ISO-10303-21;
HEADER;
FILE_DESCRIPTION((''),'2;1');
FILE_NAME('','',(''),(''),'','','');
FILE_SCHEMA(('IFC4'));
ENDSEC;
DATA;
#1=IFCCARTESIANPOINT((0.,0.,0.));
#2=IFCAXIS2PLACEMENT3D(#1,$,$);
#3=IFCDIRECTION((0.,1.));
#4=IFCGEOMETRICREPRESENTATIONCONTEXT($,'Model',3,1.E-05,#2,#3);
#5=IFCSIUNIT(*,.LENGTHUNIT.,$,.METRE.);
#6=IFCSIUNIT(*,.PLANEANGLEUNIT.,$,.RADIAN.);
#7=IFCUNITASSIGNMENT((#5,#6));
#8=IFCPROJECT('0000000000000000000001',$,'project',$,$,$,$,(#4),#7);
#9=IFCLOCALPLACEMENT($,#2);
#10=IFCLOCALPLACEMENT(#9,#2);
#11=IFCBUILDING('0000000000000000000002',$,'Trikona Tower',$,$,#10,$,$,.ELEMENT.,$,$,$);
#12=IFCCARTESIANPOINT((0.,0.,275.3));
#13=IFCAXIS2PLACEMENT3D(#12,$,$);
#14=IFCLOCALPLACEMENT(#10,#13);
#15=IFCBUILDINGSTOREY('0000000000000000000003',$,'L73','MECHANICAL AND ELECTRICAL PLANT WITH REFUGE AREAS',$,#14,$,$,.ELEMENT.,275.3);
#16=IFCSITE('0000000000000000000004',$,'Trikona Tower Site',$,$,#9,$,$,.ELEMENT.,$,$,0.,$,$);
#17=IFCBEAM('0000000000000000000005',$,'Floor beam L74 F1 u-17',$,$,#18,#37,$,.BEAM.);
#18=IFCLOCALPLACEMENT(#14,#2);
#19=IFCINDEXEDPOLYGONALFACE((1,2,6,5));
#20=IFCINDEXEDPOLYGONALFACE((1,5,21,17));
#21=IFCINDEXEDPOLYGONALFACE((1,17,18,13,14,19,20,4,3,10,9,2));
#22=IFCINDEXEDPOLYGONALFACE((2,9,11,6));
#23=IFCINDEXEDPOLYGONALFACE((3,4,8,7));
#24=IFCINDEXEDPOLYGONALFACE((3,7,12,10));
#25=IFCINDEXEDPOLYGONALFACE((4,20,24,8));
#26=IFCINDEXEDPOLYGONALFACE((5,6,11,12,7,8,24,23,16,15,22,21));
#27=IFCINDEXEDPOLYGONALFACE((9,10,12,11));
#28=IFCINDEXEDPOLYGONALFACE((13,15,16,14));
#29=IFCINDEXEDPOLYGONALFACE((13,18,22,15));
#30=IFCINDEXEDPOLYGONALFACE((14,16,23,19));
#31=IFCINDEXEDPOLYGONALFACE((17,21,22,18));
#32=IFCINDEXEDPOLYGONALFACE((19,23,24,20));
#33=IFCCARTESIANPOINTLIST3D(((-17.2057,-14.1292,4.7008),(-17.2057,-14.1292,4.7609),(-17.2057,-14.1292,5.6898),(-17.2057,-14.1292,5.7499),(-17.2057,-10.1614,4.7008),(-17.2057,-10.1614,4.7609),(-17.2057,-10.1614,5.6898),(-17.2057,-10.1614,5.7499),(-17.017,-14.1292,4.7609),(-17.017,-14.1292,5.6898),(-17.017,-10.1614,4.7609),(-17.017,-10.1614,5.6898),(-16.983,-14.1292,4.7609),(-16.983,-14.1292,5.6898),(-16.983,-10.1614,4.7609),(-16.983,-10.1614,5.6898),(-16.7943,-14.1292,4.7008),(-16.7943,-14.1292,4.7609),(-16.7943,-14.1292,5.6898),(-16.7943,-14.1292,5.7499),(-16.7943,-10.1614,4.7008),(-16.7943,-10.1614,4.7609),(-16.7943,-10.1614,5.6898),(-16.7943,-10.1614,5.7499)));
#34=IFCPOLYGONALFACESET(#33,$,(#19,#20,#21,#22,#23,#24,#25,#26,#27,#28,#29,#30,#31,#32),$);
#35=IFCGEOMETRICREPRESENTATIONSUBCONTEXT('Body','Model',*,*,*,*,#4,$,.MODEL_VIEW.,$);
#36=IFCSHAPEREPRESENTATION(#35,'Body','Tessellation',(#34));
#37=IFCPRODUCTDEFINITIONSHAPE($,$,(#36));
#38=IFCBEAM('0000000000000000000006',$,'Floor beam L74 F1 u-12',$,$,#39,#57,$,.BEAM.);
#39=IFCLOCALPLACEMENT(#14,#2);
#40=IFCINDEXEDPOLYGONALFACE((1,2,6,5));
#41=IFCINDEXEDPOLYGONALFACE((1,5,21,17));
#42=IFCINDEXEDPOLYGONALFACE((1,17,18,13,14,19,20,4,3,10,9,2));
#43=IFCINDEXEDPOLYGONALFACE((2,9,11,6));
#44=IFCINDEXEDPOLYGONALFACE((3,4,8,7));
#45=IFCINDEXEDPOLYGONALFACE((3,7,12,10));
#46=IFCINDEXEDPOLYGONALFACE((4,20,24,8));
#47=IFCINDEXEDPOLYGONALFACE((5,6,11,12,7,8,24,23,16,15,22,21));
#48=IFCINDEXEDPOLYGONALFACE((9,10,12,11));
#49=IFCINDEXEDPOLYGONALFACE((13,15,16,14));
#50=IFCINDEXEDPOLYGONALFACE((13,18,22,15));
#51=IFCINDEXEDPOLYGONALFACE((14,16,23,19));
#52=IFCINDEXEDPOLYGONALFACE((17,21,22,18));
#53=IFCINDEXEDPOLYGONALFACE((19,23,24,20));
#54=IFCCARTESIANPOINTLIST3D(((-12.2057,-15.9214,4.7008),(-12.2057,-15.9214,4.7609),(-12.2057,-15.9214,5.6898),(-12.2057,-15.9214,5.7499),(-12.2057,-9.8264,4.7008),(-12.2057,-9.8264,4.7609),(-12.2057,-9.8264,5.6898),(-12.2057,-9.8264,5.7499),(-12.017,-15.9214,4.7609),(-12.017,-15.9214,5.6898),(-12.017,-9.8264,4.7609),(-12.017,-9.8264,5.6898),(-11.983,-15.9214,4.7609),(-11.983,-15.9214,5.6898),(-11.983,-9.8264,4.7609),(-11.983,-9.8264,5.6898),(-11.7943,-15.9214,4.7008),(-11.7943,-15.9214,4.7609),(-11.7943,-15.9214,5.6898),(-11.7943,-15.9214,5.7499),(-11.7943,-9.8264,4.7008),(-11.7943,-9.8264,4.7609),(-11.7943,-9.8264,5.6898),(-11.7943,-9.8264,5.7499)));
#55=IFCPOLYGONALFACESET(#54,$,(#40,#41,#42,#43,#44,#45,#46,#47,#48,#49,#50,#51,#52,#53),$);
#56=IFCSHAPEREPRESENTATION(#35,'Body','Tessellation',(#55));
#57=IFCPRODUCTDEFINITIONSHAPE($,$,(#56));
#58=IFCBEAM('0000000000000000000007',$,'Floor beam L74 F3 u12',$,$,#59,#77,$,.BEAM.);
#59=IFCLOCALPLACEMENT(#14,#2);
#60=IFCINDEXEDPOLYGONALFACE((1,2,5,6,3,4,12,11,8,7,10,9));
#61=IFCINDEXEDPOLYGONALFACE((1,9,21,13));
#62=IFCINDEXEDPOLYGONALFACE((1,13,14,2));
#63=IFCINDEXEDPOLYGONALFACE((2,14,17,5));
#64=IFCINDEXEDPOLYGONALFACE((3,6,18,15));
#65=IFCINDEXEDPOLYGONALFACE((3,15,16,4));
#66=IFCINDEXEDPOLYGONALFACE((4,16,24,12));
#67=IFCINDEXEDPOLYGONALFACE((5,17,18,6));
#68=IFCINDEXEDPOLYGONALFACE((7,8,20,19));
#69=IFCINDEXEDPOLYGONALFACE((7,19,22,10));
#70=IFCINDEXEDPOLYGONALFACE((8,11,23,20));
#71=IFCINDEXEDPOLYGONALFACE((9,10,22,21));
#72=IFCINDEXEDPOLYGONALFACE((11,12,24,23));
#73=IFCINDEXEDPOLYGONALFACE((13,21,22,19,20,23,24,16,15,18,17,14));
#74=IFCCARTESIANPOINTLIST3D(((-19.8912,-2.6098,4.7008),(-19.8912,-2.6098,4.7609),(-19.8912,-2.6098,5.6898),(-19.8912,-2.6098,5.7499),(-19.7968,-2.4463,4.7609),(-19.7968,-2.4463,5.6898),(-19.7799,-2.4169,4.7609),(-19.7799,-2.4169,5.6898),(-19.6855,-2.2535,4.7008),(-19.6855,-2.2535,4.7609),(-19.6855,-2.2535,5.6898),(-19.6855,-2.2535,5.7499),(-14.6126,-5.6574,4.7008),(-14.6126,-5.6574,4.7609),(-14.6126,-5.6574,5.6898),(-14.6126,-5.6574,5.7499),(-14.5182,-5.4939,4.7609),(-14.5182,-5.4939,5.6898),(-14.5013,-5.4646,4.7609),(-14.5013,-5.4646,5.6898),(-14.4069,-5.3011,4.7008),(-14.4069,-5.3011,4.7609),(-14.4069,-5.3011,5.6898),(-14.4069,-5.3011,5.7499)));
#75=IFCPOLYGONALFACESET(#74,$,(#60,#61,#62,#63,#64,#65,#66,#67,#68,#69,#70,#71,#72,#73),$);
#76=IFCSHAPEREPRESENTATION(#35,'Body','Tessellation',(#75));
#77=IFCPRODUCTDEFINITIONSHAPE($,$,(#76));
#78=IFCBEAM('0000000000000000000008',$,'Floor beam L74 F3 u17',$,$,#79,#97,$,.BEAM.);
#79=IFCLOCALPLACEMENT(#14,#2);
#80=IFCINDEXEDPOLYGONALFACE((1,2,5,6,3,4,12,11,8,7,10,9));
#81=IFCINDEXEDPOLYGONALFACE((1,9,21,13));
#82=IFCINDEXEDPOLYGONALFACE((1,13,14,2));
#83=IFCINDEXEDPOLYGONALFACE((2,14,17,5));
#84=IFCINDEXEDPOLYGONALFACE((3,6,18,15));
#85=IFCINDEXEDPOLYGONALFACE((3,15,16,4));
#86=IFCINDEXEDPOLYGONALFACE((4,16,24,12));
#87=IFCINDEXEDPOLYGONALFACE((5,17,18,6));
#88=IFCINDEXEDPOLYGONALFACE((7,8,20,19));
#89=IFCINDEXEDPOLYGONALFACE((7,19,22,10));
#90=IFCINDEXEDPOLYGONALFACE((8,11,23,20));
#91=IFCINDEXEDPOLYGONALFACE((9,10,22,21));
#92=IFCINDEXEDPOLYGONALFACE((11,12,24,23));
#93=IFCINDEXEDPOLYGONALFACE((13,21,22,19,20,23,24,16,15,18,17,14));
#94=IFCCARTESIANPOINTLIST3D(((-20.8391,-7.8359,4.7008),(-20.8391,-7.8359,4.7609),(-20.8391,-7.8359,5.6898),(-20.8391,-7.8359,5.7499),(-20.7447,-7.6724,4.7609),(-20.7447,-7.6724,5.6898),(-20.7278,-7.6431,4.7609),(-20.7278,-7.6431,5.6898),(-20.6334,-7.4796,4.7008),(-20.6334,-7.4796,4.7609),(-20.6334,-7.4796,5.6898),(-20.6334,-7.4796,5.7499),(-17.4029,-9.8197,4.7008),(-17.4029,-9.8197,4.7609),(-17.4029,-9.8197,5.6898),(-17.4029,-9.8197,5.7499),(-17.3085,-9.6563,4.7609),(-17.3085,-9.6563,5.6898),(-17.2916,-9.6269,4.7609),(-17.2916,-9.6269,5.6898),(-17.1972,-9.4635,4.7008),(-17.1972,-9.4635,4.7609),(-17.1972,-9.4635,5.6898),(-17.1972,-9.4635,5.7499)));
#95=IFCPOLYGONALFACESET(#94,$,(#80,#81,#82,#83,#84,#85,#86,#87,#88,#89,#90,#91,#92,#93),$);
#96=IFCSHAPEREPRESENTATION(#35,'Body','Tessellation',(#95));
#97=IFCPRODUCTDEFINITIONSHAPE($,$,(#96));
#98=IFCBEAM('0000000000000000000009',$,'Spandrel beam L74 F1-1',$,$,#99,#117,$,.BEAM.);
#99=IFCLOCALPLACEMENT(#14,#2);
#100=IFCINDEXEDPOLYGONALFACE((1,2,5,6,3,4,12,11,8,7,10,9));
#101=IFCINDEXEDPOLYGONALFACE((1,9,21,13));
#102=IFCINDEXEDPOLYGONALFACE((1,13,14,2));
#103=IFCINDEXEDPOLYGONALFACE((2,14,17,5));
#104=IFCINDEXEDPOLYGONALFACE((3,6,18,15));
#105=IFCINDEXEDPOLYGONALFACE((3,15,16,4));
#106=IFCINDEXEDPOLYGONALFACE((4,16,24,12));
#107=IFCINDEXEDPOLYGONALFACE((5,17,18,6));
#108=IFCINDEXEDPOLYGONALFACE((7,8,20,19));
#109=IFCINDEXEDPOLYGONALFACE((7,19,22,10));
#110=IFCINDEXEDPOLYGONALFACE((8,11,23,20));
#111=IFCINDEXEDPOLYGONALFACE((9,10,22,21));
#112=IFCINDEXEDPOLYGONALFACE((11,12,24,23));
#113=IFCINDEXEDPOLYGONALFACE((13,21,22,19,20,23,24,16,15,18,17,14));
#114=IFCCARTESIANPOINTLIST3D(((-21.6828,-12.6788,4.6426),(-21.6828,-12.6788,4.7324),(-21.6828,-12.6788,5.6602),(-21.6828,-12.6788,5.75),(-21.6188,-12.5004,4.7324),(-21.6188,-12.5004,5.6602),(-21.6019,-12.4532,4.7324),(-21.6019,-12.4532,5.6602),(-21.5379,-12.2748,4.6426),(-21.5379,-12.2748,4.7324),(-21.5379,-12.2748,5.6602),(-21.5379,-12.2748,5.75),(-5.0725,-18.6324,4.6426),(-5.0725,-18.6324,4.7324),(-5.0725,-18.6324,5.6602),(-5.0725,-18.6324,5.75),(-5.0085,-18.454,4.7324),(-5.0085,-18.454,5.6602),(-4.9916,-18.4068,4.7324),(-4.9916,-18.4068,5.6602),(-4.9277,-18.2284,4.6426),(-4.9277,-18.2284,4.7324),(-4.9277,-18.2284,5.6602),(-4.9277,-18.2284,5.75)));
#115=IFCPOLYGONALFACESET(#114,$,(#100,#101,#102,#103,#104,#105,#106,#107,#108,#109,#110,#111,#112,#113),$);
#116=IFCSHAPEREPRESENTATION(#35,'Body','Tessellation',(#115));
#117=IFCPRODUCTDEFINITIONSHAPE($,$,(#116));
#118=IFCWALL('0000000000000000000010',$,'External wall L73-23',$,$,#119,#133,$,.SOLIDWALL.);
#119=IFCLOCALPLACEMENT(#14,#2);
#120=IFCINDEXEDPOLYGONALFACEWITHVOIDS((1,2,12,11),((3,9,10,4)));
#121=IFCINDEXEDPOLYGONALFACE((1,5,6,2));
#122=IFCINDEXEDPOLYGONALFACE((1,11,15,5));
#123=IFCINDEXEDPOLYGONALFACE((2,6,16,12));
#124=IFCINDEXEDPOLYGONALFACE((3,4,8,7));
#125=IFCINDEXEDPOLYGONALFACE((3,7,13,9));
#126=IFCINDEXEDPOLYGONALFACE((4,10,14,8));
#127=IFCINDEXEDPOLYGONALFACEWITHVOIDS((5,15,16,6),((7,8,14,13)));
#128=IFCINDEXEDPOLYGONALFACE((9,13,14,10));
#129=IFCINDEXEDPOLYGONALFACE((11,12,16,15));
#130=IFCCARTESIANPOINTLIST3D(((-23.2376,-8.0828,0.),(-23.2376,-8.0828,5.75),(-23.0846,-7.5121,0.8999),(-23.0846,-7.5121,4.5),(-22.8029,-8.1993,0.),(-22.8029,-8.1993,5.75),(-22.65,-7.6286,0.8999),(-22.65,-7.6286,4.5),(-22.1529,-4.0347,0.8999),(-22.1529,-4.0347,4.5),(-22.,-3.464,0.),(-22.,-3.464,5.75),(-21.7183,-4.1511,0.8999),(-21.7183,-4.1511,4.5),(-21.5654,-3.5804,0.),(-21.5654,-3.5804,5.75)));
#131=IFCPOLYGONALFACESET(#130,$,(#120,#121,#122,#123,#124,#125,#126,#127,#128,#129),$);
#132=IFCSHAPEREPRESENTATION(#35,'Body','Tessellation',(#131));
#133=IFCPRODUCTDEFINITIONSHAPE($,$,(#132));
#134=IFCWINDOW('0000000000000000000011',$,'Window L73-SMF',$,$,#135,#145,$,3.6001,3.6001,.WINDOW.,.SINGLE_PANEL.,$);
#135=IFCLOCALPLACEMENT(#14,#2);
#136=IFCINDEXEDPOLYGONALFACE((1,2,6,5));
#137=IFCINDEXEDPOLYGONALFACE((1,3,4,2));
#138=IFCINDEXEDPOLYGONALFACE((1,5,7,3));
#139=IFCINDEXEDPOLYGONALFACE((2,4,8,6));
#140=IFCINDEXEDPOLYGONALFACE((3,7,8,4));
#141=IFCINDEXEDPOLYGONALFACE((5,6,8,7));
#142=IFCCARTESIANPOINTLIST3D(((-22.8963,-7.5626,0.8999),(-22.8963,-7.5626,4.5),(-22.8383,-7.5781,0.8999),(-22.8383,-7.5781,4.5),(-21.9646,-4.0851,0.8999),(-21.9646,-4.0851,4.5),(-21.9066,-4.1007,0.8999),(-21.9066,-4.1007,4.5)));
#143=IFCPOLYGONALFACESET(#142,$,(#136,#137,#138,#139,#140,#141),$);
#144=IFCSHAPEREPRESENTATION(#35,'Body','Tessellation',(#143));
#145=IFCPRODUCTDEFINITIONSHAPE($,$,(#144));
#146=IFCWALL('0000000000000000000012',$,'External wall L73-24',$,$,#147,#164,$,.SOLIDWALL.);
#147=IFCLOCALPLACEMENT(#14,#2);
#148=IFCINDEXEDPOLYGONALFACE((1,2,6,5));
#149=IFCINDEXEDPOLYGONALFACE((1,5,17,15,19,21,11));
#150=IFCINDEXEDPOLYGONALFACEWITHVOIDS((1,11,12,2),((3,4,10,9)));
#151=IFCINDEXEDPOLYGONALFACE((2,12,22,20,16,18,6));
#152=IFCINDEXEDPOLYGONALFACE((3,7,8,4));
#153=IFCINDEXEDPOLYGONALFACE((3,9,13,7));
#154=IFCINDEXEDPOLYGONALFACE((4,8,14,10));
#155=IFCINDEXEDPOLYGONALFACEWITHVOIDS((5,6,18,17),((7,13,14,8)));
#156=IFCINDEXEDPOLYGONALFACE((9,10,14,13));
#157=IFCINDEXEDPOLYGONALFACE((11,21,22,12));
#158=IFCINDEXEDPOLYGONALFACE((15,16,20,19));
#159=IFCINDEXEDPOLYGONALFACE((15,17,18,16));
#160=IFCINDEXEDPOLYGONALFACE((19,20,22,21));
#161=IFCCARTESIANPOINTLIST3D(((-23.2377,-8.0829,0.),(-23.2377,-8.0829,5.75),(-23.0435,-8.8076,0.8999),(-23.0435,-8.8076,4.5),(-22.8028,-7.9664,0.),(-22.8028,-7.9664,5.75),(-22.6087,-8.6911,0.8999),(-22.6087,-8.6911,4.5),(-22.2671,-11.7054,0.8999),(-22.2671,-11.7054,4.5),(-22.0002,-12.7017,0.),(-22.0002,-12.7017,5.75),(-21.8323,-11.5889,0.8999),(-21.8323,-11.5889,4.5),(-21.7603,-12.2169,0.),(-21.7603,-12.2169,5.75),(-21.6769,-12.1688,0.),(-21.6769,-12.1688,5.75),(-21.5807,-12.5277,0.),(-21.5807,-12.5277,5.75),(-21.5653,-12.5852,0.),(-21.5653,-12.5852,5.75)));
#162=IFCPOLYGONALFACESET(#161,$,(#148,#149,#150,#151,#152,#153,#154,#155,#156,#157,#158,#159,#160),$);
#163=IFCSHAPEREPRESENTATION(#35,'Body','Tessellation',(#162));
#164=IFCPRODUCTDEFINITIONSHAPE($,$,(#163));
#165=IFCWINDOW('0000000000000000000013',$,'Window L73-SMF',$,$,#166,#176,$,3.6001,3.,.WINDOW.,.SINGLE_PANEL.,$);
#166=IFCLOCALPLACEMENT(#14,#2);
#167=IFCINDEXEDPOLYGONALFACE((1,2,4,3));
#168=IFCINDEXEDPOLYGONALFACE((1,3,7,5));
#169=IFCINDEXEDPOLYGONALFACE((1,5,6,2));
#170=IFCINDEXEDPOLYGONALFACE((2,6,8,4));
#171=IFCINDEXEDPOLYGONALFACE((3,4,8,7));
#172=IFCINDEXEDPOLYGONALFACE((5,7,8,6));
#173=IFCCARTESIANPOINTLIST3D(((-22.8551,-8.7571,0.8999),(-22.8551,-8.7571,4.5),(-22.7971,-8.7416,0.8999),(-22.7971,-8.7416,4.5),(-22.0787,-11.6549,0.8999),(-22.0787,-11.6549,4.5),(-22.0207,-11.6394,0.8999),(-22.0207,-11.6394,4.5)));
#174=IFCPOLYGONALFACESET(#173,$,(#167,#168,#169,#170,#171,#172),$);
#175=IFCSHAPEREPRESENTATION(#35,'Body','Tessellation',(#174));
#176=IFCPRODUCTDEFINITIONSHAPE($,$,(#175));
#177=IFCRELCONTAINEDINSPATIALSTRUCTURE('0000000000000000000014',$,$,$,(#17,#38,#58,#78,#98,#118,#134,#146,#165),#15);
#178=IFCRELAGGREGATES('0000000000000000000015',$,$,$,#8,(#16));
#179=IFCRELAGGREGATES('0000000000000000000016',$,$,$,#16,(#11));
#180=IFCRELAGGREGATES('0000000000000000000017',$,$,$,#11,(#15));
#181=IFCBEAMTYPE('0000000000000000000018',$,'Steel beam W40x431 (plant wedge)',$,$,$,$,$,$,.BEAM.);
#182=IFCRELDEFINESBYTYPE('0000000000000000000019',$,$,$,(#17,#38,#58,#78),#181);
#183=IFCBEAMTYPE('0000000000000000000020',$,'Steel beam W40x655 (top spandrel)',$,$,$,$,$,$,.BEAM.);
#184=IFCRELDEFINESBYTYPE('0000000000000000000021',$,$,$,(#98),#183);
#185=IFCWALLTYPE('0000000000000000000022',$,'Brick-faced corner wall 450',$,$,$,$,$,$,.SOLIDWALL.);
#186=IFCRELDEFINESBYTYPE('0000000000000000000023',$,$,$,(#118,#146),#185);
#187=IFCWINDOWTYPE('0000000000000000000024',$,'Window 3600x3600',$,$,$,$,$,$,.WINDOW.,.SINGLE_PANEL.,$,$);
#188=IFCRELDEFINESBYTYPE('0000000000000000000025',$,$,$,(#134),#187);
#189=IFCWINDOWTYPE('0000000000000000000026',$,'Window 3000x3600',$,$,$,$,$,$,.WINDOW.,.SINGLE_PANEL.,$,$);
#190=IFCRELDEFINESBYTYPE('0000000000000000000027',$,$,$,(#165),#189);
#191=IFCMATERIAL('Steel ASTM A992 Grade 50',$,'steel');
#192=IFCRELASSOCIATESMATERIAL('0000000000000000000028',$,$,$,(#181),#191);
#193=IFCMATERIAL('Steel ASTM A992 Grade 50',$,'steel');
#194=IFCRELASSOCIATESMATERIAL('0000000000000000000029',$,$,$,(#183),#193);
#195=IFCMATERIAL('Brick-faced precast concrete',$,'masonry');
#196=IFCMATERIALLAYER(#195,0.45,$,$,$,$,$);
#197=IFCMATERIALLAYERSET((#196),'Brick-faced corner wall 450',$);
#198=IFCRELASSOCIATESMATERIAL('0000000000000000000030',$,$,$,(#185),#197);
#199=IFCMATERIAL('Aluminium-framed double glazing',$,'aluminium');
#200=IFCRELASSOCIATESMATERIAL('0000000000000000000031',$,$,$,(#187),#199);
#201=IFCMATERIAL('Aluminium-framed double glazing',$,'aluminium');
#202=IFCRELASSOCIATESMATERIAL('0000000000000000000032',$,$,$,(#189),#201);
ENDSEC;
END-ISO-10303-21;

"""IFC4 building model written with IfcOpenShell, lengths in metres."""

from ifc_helpers import new_model, si_unit, direction, frame, frame_2d, origin, origin_2d, place, context, subcontext, project, spatial, polyline, rectangle, i_section, outline, extrude, material, layer, layer_set, material_profile, profile_set, type_object, element, fill, save


model = new_model("IFC4")

# Units and contexts
model_context = context("Model", 3, precision=1e-05, world=origin(), true_north=direction((0.0, 1.0)))
body_context = subcontext(model_context, "Body", "Model", "MODEL_VIEW")
ifc_project = project(units=[si_unit("LENGTHUNIT", "METRE"), si_unit("PLANEANGLEUNIT", "RADIAN")], contexts=[model_context])

# Site, building, storey
site_placement = place(None, origin())
site = spatial("IfcSite", under=ifc_project, at=site_placement, Name="Trikona Tower Site", CompositionType="ELEMENT", RefElevation=0.0)
building_placement = place(site_placement, origin())
building = spatial("IfcBuilding", under=site, at=building_placement, Name="Trikona Tower", CompositionType="ELEMENT")
storey_placement = place(building_placement, frame((0.0, 0.0, 275.3)))
storey = spatial("IfcBuildingStorey", under=building, at=storey_placement, Name="L73", Description="MECHANICAL AND ELECTRICAL PLANT WITH REFUGE AREAS", CompositionType="ELEMENT", Elevation=275.3)

# Beams
ifc_material_1 = material(Name="Steel ASTM A992 Grade 50", Category="steel")
ifc_material_profile_1 = material_profile(ifc_material_1, i_section(OverallWidth=0.4114, OverallDepth=1.0491, WebThickness=0.0339, FlangeThickness=0.0601, at=origin_2d()), Name="W40X431")
ifc_profile_set_1 = profile_set([ifc_material_profile_1], Name="Steel ASTM A992 Grade 50")
beam_type_1 = type_object("IfcBeamType", Name="Steel beam W40x431 (plant wedge)", PredefinedType="BEAM", material=ifc_profile_set_1)
beam_1_placement = place(storey_placement, frame((-17.0, -10.1614, 5.2253), z_axis=(0.0, -1.0, 0.0), x_axis=(1.0, 0.0, 0.0)))
element("IfcBeam", 1, at=beam_1_placement, inside=storey, type_object=beam_type_1, Name="Floor beam L74 F1 u-17", PredefinedType="BEAM", context=body_context, shape_type="SweptSolid", body=[
    extrude(i_section(OverallWidth=0.4114, OverallDepth=1.0491, WebThickness=0.0339, FlangeThickness=0.0601, at=origin_2d()), origin(), (0.0, 0.0, 1.0), 3.9678),
])
beam_2_placement = place(storey_placement, frame((-12.0, -9.8264, 5.2253), z_axis=(0.0, -1.0, 0.0), x_axis=(1.0, 0.0, 0.0)))
element("IfcBeam", 2, at=beam_2_placement, inside=storey, type_object=beam_type_1, Name="Floor beam L74 F1 u-12", PredefinedType="BEAM", context=body_context, shape_type="SweptSolid", body=[
    extrude(i_section(OverallWidth=0.4114, OverallDepth=1.0491, WebThickness=0.0339, FlangeThickness=0.0601, at=origin_2d()), origin(), (0.0, 0.0, 1.0), 6.095),
])
beam_3_placement = place(storey_placement, frame((-14.5098, -5.4792, 5.2253), z_axis=(-0.866023, 0.500003, 0.0), x_axis=(-0.500003, -0.866023, 0.0)))
element("IfcBeam", 3, at=beam_3_placement, inside=storey, type_object=beam_type_1, Name="Floor beam L74 F3 u12", PredefinedType="BEAM", context=body_context, shape_type="SweptSolid", body=[
    extrude(i_section(OverallWidth=0.4114, OverallDepth=1.0491, WebThickness=0.0339, FlangeThickness=0.0601, at=origin_2d()), origin(), (0.0, 0.0, 1.0), 6.0952),
])
beam_4_placement = place(storey_placement, frame((-17.3, -9.6416, 5.2253), z_axis=(-0.866031, 0.499991, 0.0), x_axis=(-0.499991, -0.866031, 0.0)))
element("IfcBeam", 4, at=beam_4_placement, inside=storey, type_object=beam_type_1, Name="Floor beam L74 F3 u17", PredefinedType="BEAM", context=body_context, shape_type="SweptSolid", body=[
    extrude(i_section(OverallWidth=0.4114, OverallDepth=1.0491, WebThickness=0.0339, FlangeThickness=0.0601, at=origin_2d()), origin(), (0.0, 0.0, 1.0), 3.9678),
])
ifc_material_2 = material(Name="Steel ASTM A992 Grade 50", Category="steel")
ifc_material_profile_2 = material_profile(ifc_material_2, i_section(OverallWidth=0.4292, OverallDepth=1.1074, WebThickness=0.05, FlangeThickness=0.0898, at=origin_2d()), Name="W40X655")
ifc_profile_set_2 = profile_set([ifc_material_profile_2], Name="Steel ASTM A992 Grade 50")
beam_type_2 = type_object("IfcBeamType", Name="Steel beam W40x655 (top spandrel)", PredefinedType="BEAM", material=ifc_profile_set_2)
beam_5_placement = place(storey_placement, frame((-21.6104, -12.4768, 5.1963), z_axis=(0.941358, -0.337409, 0.0), x_axis=(0.337409, 0.941358, 0.0)))
element("IfcBeam", 5, at=beam_5_placement, inside=storey, type_object=beam_type_2, Name="Spandrel beam L74 F1-1", PredefinedType="BEAM", context=body_context, shape_type="SweptSolid", body=[
    extrude(i_section(OverallWidth=0.4292, OverallDepth=1.1074, WebThickness=0.05, FlangeThickness=0.0898, at=origin_2d()), origin(), (0.0, 0.0, 1.0), 17.645),
])

# Walls, openings, windows
ifc_material_3 = material(Name="Brick-faced precast concrete", Category="masonry")
ifc_layer_1 = layer(ifc_material_3, 0.45)
ifc_layer_set_1 = layer_set([ifc_layer_1], Name="Brick-faced corner wall 450")
wall_type_1 = type_object("IfcWallType", Name="Brick-faced corner wall 450", PredefinedType="SOLIDWALL", material=ifc_layer_set_1)
wall_1_placement = place(storey_placement, frame((-21.7827, -3.5222, 0.0), z_axis=(0.0, 0.0, 1.0), x_axis=(-0.258803, -0.96593, 0.0)))
wall_1 = element("IfcWall", 6, at=wall_1_placement, inside=storey, type_object=wall_type_1, Name="External wall L73-23", PredefinedType="SOLIDWALL", context=body_context, shape_type="SweptSolid", body=[
    extrude(rectangle(XDim=4.7817, YDim=0.45, at=frame_2d((2.3909, 0.0))), origin(), (0.0, 0.0, 1.0), 5.75),
])
opening_1_placement = place(wall_1_placement, frame((0.5908, 0.0, 0.8999)))
opening_1 = element("IfcOpeningElement", 7, at=opening_1_placement, cuts=wall_1, PredefinedType="OPENING", context=body_context, shape_type="SweptSolid", body=[
    extrude(rectangle(XDim=3.6001, YDim=3.6001, at=frame_2d((1.8, 1.8))), frame((0.0, 0.2349, 0.0), z_axis=(0.0, -1.0, 0.0), x_axis=(1.0, 0.0, 0.0)), (0.0, 0.0, 1.0), 0.47),
])
ifc_material_4 = material(Name="Aluminium-framed double glazing", Category="aluminium")
window_type_1 = type_object("IfcWindowType", Name="Window 3600x3600", PartitioningType="SINGLE_PANEL", PredefinedType="WINDOW", material=ifc_material_4)
window_1_placement = place(opening_1_placement, origin())
window_1 = element("IfcWindow", 8, at=window_1_placement, inside=storey, type_object=window_type_1, Name="Window L73-SMF", OverallHeight=3.6001, OverallWidth=3.6001, PartitioningType="SINGLE_PANEL", PredefinedType="WINDOW", context=body_context, shape_type="SweptSolid", body=[
    extrude(rectangle(XDim=3.6001, YDim=3.6001, at=frame_2d((1.8, 1.8))), frame((0.0, 0.03, 0.0), z_axis=(0.0, -1.0, 0.0), x_axis=(1.0, 0.0, 0.0)), (0.0, 0.0, 1.0), 0.0601),
])
fill(opening_1, window_1)
wall_2_placement = place(storey_placement, frame((-23.0203, -8.0247, 0.0), z_axis=(0.0, 0.0, 1.0), x_axis=(0.258803, -0.96593, 0.0)))
wall_2 = element("IfcWall", 9, at=wall_2_placement, inside=storey, type_object=wall_type_1, Name="External wall L73-24", PredefinedType="SOLIDWALL", context=body_context, shape_type="SweptSolid", body=[
    extrude(outline(polyline([(4.7817, 0.2251), (4.7222, 0.2251), (4.3755, 0.1321), (4.3506, 0.2251), (0.0, 0.2251), (0.0, -0.2251), (4.7817, -0.2251), (4.7817, 0.2251)])), origin(), (0.0, 0.0, 1.0), 5.75),
])
opening_2_placement = place(wall_2_placement, frame((0.7502, 0.0, 0.8999)))
opening_2 = element("IfcOpeningElement", 10, at=opening_2_placement, cuts=wall_2, PredefinedType="OPENING", context=body_context, shape_type="SweptSolid", body=[
    extrude(rectangle(XDim=3.0, YDim=3.6001, at=frame_2d((1.5, 1.8))), frame((0.0, 0.2349, 0.0), z_axis=(0.0, -1.0, 0.0), x_axis=(1.0, 0.0, 0.0)), (0.0, 0.0, 1.0), 0.47),
])
ifc_material_5 = material(Name="Aluminium-framed double glazing", Category="aluminium")
window_type_2 = type_object("IfcWindowType", Name="Window 3000x3600", PartitioningType="SINGLE_PANEL", PredefinedType="WINDOW", material=ifc_material_5)
window_2_placement = place(opening_2_placement, origin())
window_2 = element("IfcWindow", 11, at=window_2_placement, inside=storey, type_object=window_type_2, Name="Window L73-SMF", OverallHeight=3.6001, OverallWidth=3.0, PartitioningType="SINGLE_PANEL", PredefinedType="WINDOW", context=body_context, shape_type="SweptSolid", body=[
    extrude(rectangle(XDim=3.0, YDim=3.6001, at=frame_2d((1.5, 1.8))), frame((0.0, 0.03, 0.0), z_axis=(0.0, -1.0, 0.0), x_axis=(1.0, 0.0, 0.0)), (0.0, 0.0, 1.0), 0.0601),
])
fill(opening_2, window_2)

save(model, "model.ifc")
